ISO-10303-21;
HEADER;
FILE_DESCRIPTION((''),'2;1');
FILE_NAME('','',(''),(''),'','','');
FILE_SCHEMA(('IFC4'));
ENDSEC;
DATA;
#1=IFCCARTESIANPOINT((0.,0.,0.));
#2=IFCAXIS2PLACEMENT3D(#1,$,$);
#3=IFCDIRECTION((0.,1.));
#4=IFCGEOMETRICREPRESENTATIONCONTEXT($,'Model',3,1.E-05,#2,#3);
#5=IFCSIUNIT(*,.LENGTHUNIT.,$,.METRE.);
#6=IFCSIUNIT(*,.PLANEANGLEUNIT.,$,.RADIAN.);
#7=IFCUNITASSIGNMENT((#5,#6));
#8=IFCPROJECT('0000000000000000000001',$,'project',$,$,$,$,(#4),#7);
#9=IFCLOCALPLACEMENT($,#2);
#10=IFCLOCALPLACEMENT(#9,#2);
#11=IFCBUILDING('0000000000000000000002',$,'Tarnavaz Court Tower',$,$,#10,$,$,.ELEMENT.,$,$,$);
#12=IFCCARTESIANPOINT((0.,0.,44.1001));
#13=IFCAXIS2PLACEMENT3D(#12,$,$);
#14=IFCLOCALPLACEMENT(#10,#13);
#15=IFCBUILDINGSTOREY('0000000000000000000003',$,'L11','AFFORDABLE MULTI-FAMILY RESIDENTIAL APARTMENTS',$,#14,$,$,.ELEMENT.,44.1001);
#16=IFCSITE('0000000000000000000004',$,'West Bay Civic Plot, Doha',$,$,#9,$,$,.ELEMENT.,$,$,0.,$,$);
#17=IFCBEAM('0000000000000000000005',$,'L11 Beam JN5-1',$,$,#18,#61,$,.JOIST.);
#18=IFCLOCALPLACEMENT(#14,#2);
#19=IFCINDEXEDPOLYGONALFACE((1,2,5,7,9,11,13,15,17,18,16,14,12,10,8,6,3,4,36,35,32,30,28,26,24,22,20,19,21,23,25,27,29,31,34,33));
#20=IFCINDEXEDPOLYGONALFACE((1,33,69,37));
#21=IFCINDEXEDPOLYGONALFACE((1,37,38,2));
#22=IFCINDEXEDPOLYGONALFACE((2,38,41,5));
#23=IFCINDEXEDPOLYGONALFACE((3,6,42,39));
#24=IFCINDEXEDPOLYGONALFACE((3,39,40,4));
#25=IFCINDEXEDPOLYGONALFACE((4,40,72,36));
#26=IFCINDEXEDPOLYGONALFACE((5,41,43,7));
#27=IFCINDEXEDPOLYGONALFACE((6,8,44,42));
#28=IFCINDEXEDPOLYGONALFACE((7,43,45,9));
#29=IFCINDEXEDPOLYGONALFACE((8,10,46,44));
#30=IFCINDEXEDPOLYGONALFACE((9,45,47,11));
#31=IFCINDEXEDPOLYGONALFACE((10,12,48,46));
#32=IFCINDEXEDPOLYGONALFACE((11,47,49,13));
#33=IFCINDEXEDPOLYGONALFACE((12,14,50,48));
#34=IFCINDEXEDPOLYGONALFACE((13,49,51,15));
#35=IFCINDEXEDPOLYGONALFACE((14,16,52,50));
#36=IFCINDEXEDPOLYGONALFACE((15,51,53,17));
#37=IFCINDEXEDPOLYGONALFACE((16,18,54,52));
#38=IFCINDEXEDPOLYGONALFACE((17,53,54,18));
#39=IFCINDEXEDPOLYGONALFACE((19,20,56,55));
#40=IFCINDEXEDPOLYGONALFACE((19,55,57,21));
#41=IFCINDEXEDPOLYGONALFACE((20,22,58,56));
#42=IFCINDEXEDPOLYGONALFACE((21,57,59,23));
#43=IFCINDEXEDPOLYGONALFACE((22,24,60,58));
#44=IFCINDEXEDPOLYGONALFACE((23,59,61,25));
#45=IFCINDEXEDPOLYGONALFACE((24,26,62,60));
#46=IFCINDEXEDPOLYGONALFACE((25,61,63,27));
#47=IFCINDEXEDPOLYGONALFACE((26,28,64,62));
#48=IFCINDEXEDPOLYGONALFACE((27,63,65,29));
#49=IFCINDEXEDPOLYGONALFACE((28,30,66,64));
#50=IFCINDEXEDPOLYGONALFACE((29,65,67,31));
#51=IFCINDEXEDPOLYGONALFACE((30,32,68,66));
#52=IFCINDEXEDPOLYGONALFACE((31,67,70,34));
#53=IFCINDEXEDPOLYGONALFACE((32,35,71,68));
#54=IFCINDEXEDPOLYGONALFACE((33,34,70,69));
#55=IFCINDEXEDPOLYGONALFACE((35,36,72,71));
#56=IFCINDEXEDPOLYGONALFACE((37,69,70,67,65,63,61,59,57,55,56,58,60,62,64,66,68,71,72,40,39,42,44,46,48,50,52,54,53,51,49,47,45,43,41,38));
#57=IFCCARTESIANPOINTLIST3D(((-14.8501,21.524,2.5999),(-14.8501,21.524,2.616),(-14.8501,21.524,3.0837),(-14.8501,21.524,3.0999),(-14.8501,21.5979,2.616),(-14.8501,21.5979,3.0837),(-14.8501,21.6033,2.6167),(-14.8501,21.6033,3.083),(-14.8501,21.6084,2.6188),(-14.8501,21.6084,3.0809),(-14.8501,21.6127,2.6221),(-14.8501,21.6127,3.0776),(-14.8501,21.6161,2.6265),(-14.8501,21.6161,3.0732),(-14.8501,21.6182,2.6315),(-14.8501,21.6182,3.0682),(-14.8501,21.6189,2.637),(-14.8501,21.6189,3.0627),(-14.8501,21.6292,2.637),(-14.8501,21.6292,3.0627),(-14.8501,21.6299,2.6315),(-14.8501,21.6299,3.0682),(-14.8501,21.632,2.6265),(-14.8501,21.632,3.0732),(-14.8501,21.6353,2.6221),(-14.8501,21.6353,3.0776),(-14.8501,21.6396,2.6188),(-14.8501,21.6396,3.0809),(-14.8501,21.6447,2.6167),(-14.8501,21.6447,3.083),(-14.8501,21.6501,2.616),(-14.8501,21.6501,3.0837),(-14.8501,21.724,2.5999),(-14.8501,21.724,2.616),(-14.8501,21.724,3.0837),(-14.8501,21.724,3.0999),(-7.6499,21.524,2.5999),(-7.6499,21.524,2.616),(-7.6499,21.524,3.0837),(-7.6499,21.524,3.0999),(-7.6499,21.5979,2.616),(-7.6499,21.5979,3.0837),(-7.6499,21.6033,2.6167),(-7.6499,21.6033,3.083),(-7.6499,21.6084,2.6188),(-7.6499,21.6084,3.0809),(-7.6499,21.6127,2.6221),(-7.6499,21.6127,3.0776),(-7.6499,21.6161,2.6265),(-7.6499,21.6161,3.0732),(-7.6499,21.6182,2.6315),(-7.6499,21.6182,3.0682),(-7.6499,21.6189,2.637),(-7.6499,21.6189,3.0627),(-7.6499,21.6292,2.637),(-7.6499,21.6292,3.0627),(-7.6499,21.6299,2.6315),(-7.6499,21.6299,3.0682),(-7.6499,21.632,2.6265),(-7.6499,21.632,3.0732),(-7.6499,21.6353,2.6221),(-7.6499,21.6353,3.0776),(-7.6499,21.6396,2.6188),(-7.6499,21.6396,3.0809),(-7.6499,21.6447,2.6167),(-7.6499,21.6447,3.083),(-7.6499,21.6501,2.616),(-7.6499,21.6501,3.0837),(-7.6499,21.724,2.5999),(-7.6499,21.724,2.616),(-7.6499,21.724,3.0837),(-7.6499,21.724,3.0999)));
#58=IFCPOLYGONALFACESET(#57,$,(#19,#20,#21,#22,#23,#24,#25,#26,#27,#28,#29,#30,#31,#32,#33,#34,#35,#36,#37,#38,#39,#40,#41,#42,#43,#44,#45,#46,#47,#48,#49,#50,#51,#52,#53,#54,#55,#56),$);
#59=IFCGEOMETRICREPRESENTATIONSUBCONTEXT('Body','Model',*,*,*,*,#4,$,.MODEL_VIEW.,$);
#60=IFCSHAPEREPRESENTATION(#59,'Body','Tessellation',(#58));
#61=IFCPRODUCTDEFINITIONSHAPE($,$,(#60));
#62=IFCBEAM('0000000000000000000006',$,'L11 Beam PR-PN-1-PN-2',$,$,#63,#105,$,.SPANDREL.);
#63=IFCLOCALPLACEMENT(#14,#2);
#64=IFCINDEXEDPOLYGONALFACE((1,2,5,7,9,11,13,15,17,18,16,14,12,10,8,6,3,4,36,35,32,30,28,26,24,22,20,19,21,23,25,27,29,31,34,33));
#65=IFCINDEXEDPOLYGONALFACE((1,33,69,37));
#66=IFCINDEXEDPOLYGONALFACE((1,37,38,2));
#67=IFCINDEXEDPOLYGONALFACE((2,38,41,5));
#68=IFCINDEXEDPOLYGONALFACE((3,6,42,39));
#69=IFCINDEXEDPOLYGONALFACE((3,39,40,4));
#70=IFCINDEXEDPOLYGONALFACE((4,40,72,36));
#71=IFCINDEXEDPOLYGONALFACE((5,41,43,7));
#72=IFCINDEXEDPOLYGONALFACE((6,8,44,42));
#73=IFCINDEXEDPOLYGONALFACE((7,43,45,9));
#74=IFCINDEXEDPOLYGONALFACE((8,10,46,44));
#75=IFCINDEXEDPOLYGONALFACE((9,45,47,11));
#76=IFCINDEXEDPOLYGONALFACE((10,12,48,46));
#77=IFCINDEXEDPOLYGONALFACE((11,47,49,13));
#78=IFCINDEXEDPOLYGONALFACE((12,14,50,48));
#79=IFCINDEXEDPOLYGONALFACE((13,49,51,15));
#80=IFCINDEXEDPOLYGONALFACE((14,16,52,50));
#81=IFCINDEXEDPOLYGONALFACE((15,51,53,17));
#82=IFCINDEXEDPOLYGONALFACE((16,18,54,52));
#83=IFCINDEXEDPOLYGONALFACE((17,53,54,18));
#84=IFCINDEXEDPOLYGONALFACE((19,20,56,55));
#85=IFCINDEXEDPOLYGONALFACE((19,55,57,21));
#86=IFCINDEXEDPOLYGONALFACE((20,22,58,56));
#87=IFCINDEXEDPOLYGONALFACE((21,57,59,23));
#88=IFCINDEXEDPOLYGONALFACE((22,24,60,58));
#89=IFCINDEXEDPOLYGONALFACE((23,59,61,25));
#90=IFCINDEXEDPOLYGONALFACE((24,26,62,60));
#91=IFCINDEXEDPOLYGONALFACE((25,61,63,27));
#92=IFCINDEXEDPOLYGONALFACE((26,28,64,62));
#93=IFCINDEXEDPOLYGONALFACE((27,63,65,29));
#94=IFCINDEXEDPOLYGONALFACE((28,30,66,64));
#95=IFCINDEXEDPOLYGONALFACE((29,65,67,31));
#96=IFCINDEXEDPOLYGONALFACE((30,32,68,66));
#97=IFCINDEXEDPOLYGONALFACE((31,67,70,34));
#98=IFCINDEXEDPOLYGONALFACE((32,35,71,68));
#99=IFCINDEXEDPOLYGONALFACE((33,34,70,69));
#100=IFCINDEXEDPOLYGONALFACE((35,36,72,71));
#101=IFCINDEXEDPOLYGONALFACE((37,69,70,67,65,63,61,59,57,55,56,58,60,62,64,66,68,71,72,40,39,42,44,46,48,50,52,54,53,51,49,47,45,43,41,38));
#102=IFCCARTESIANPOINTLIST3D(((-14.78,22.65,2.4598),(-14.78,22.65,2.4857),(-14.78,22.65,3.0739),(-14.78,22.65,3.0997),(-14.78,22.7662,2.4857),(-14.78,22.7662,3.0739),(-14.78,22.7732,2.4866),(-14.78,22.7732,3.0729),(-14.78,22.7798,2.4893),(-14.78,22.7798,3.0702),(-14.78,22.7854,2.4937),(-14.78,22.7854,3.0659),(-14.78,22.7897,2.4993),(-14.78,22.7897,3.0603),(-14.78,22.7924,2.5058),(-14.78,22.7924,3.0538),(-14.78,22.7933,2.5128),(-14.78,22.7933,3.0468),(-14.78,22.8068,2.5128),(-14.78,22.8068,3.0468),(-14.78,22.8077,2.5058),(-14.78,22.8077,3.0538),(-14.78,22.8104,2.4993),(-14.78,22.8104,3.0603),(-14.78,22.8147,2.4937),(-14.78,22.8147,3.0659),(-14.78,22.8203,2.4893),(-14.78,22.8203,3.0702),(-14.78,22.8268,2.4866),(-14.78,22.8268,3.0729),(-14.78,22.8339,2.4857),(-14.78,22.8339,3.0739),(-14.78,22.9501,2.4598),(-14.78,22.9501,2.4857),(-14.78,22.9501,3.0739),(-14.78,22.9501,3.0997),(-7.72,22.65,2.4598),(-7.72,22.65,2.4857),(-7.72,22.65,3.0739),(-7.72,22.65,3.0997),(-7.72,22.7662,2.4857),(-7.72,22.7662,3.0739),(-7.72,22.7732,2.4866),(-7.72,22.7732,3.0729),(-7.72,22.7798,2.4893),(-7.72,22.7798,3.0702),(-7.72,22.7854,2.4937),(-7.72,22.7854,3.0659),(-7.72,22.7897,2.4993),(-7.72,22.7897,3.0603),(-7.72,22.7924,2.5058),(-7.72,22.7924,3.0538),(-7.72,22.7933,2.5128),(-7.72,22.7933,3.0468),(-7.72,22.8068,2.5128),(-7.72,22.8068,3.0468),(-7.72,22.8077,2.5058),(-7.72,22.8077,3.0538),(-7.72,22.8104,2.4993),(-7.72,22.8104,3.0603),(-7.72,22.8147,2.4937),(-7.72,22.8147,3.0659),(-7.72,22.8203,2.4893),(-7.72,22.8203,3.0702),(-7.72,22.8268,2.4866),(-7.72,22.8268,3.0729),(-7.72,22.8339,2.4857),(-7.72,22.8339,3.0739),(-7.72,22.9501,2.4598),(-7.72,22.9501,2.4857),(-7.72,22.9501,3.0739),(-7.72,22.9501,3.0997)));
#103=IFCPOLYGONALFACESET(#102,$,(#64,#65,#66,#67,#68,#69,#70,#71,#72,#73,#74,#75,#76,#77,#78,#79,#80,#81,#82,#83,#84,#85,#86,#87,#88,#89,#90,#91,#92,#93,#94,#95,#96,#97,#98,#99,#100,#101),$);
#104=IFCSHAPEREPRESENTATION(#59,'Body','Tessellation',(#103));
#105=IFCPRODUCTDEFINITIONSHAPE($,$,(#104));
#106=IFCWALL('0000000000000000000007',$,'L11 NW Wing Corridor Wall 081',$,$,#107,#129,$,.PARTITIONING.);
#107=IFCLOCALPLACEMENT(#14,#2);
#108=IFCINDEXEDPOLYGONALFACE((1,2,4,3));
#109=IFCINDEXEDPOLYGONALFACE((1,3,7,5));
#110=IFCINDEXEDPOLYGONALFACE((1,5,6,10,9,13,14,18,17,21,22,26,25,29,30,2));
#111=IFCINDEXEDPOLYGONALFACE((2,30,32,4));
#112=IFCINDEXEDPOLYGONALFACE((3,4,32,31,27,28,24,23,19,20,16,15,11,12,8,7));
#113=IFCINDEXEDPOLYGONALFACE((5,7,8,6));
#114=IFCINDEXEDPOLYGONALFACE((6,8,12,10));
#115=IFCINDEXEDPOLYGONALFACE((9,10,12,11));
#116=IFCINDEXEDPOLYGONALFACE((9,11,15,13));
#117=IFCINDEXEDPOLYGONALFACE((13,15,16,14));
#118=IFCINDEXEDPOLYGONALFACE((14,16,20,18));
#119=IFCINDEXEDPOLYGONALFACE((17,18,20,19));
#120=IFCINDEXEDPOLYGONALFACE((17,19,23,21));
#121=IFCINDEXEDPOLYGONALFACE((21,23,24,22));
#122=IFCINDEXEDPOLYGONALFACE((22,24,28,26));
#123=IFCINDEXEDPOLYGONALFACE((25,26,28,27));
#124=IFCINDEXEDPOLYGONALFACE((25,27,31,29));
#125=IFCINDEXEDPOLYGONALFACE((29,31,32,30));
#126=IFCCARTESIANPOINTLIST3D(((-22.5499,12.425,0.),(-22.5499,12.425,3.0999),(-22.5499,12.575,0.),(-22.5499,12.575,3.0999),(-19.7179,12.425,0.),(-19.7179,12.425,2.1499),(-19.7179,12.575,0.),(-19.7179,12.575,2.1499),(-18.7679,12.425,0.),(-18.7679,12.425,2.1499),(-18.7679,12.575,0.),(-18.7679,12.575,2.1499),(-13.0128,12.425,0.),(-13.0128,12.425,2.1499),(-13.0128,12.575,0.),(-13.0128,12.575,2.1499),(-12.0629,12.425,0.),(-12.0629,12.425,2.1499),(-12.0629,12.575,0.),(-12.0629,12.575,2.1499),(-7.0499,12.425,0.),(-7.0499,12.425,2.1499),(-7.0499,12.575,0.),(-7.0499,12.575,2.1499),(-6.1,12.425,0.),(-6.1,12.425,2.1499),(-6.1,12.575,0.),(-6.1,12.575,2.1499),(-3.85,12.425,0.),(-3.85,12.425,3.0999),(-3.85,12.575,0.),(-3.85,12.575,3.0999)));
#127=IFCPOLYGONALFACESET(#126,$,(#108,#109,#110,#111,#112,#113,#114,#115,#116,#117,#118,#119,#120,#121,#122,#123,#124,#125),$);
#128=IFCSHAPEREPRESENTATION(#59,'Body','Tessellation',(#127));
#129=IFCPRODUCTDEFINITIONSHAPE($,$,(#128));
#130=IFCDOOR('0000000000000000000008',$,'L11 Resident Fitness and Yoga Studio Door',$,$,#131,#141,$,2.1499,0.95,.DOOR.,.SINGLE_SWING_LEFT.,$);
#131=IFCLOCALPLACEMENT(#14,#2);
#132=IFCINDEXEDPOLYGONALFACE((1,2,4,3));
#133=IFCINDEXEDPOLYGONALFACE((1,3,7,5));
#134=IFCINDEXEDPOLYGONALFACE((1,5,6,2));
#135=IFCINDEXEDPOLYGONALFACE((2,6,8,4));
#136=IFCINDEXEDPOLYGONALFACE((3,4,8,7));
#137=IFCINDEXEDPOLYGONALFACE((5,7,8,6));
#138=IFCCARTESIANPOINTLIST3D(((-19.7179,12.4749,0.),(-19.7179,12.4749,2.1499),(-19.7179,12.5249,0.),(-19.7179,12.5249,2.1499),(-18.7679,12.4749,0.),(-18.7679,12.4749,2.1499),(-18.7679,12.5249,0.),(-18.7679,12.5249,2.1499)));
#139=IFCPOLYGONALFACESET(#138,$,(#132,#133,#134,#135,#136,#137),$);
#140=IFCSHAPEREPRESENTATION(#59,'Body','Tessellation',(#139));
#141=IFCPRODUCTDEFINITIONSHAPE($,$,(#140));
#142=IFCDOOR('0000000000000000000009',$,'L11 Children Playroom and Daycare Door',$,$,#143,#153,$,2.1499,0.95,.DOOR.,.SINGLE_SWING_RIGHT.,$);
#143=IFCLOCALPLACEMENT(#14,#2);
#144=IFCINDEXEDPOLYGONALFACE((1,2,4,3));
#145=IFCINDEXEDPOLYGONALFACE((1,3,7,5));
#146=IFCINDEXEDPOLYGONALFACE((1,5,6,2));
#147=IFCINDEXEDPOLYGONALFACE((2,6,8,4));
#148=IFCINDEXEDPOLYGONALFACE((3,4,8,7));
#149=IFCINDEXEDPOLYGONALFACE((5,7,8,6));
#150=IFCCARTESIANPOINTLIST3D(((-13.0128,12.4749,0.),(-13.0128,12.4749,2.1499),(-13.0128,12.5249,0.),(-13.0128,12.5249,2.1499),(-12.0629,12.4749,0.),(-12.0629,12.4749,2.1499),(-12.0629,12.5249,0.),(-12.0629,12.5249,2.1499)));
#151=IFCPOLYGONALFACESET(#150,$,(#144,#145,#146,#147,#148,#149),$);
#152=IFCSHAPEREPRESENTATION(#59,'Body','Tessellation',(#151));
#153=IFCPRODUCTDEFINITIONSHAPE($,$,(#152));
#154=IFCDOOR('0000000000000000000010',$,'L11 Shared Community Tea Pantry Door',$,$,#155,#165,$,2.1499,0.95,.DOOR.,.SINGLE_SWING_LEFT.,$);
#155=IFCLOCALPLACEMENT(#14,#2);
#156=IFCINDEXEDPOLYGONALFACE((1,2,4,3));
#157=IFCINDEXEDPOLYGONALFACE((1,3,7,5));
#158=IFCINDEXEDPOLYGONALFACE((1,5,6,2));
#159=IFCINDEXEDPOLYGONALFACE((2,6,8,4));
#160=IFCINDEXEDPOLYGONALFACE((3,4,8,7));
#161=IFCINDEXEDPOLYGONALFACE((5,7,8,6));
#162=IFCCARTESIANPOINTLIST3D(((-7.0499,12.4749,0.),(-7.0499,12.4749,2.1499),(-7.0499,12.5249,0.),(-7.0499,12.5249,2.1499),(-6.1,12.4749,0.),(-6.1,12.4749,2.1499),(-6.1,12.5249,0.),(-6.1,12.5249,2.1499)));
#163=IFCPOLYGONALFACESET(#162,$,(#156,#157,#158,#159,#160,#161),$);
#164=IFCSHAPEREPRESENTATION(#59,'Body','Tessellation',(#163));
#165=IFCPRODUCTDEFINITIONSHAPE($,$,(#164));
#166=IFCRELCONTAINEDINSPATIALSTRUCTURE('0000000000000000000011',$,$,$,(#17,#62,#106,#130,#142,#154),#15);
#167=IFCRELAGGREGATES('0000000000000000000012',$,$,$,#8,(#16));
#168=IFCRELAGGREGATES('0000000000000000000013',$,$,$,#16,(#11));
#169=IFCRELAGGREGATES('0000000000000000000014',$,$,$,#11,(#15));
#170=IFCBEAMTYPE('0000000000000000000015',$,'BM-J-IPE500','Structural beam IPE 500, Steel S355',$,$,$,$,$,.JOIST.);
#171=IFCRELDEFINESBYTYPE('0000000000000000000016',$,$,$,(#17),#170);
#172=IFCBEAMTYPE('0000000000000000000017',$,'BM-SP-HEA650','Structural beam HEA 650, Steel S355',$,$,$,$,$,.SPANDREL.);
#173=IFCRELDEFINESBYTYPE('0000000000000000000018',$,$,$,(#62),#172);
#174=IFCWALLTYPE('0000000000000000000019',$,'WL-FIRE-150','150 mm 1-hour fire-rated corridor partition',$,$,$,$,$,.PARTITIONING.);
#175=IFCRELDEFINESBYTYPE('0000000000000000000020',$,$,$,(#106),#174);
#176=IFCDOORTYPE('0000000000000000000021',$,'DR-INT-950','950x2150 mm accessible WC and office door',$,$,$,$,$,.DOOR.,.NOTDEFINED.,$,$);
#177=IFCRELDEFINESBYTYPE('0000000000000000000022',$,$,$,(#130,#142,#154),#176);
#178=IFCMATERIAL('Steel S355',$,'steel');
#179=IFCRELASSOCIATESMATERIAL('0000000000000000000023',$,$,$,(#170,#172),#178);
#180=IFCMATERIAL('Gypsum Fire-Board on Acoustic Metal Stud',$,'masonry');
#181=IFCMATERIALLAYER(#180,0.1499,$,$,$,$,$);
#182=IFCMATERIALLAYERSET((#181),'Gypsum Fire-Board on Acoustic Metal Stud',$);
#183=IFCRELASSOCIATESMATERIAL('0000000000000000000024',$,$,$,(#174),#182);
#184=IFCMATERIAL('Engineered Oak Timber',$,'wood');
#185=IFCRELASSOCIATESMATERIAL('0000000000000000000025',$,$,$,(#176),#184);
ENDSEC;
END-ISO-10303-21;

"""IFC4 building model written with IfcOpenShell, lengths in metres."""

from ifc_helpers import new_model, si_unit, direction, frame, frame_2d, origin, origin_2d, place, context, subcontext, project, spatial, rectangle, i_section, extrude, material, layer, layer_set, material_profile, profile_set, type_object, element, fill, save


model = new_model("IFC4")

# Units and contexts
model_context = context("Model", 3, precision=1e-05, world=origin(), true_north=direction((0.0, 1.0)))
body_context = subcontext(model_context, "Body", "Model", "MODEL_VIEW")
ifc_project = project(units=[si_unit("LENGTHUNIT", "METRE"), si_unit("PLANEANGLEUNIT", "RADIAN")], contexts=[model_context])

# Site, building, storey
site_placement = place(None, origin())
site = spatial("IfcSite", under=ifc_project, at=site_placement, Name="West Bay Civic Plot, Doha", CompositionType="ELEMENT", RefElevation=0.0)
building_placement = place(site_placement, origin())
building = spatial("IfcBuilding", under=site, at=building_placement, Name="Tarnavaz Court Tower", CompositionType="ELEMENT")
storey_placement = place(building_placement, frame((0.0, 0.0, 44.1001)))
storey = spatial("IfcBuildingStorey", under=building, at=storey_placement, Name="L11", Description="AFFORDABLE MULTI-FAMILY RESIDENTIAL APARTMENTS", CompositionType="ELEMENT", Elevation=44.1001)

# Beams
ifc_material_1 = material(Name="Steel S355", Category="steel")
ifc_material_profile_1 = material_profile(ifc_material_1, i_section(OverallWidth=0.2, OverallDepth=0.5, WebThickness=0.0103, FlangeThickness=0.0161, FilletRadius=0.021, at=origin_2d()), Name="IPE 500")
ifc_profile_set_1 = profile_set([ifc_material_profile_1], Name="Steel S355")
beam_type_1 = type_object("IfcBeamType", Name="BM-J-IPE500", Description="Structural beam IPE 500, Steel S355", PredefinedType="JOIST", material=ifc_profile_set_1)
for number, where, z_axis, x_axis, name in (
    (1, (-14.8501, 21.624, 2.8499), (1.0, 0.0, 0.0), (0.0, 1.0, 0.0), "L11 Beam JN5-1"),
):
    element("IfcBeam", number, at=place(storey_placement, frame(where, z_axis=z_axis, x_axis=x_axis)), inside=storey, type_object=beam_type_1, Name=name, PredefinedType="JOIST", context=body_context, shape_type="SweptSolid", body=[
        extrude(i_section(OverallWidth=0.2, OverallDepth=0.5, WebThickness=0.0103, FlangeThickness=0.0161, FilletRadius=0.021, at=origin_2d()), origin(), (0.0, 0.0, 1.0), 7.2002),
    ])
ifc_material_profile_2 = material_profile(ifc_material_1, i_section(OverallWidth=0.3, OverallDepth=0.6399, WebThickness=0.0134, FlangeThickness=0.0259, FilletRadius=0.0271, at=origin_2d()), Name="HEA 650")
ifc_profile_set_2 = profile_set([ifc_material_profile_2], Name="Steel S355")
beam_type_2 = type_object("IfcBeamType", Name="BM-SP-HEA650", Description="Structural beam HEA 650, Steel S355", PredefinedType="SPANDREL", material=ifc_profile_set_2)
beam_placement = place(storey_placement, frame((-14.78, 22.8, 2.7798), z_axis=(1.0, 0.0, 0.0), x_axis=(0.0, 1.0, 0.0)))
element("IfcBeam", 2, at=beam_placement, inside=storey, type_object=beam_type_2, Name="L11 Beam PR-PN-1-PN-2", PredefinedType="SPANDREL", context=body_context, shape_type="SweptSolid", body=[
    extrude(i_section(OverallWidth=0.3, OverallDepth=0.6399, WebThickness=0.0134, FlangeThickness=0.0259, FilletRadius=0.0271, at=origin_2d()), origin(), (0.0, 0.0, 1.0), 7.0601),
])

# Wall, openings, doors
ifc_material_2 = material(Name="Gypsum Fire-Board on Acoustic Metal Stud", Category="masonry")
ifc_layer_1 = layer(ifc_material_2, 0.1499)
ifc_layer_set_1 = layer_set([ifc_layer_1], Name="Gypsum Fire-Board on Acoustic Metal Stud")
wall_type_1 = type_object("IfcWallType", Name="WL-FIRE-150", Description="150 mm 1-hour fire-rated corridor partition", PredefinedType="PARTITIONING", material=ifc_layer_set_1)
wall_1_placement = place(storey_placement, frame((-22.55, 12.5, 0.0), z_axis=(0.0, 0.0, 1.0), x_axis=(1.0, 0.0, 0.0)))
wall_1 = element("IfcWall", 3, at=wall_1_placement, inside=storey, type_object=wall_type_1, Name="L11 NW Wing Corridor Wall 081", PredefinedType="PARTITIONING", context=body_context, shape_type="SweptSolid", body=[
    extrude(rectangle(XDim=18.7, YDim=0.1499, at=frame_2d((9.3501, 0.0))), origin(), (0.0, 0.0, 1.0), 3.0999),
])
opening_1_placement = place(wall_1_placement, frame((2.832, 0.0, 0.0)))
opening_1 = element("IfcOpeningElement", 4, at=opening_1_placement, cuts=wall_1, PredefinedType="OPENING", context=body_context, shape_type="SweptSolid", body=[
    extrude(rectangle(XDim=0.95, YDim=2.1499, at=frame_2d((0.4751, 1.075))), frame((0.0, 0.085, 0.0), z_axis=(0.0, -1.0, 0.0), x_axis=(1.0, 0.0, 0.0)), (0.0, 0.0, 1.0), 0.1699),
])
opening_2_placement = place(wall_1_placement, frame((9.5371, 0.0, 0.0)))
opening_2 = element("IfcOpeningElement", 5, at=opening_2_placement, cuts=wall_1, PredefinedType="OPENING", context=body_context, shape_type="SweptSolid", body=[
    extrude(rectangle(XDim=0.95, YDim=2.1499, at=frame_2d((0.4751, 1.075))), frame((0.0, 0.085, 0.0), z_axis=(0.0, -1.0, 0.0), x_axis=(1.0, 0.0, 0.0)), (0.0, 0.0, 1.0), 0.1699),
])
opening_3_placement = place(wall_1_placement, frame((15.5, 0.0, 0.0)))
opening_3 = element("IfcOpeningElement", 6, at=opening_3_placement, cuts=wall_1, PredefinedType="OPENING", context=body_context, shape_type="SweptSolid", body=[
    extrude(rectangle(XDim=0.95, YDim=2.1499, at=frame_2d((0.4751, 1.075))), frame((0.0, 0.085, 0.0), z_axis=(0.0, -1.0, 0.0), x_axis=(1.0, 0.0, 0.0)), (0.0, 0.0, 1.0), 0.1699),
])
ifc_material_3 = material(Name="Engineered Oak Timber", Category="wood")
door_type = type_object("IfcDoorType", Name="DR-INT-950", Description="950x2150 mm accessible WC and office door", OperationType="NOTDEFINED", PredefinedType="DOOR", material=ifc_material_3)
door_1_placement = place(opening_1_placement, origin())
door_1 = element("IfcDoor", 7, at=door_1_placement, inside=storey, type_object=door_type, Name="L11 Resident Fitness and Yoga Studio Door", OperationType="SINGLE_SWING_LEFT", OverallHeight=2.1499, OverallWidth=0.95, PredefinedType="DOOR", context=body_context, shape_type="SweptSolid", body=[
    extrude(rectangle(XDim=0.95, YDim=2.1499, at=frame_2d((0.4751, 1.075))), frame((0.0, 0.0249, 0.0), z_axis=(0.0, -1.0, 0.0), x_axis=(1.0, 0.0, 0.0)), (0.0, 0.0, 1.0), 0.05),
])
fill(opening_1, door_1)
door_2_placement = place(opening_2_placement, origin())
door_2 = element("IfcDoor", 8, at=door_2_placement, inside=storey, type_object=door_type, Name="L11 Children Playroom and Daycare Door", OperationType="SINGLE_SWING_RIGHT", OverallHeight=2.1499, OverallWidth=0.95, PredefinedType="DOOR", context=body_context, shape_type="SweptSolid", body=[
    extrude(rectangle(XDim=0.95, YDim=2.1499, at=frame_2d((0.4751, 1.075))), frame((0.0, 0.0249, 0.0), z_axis=(0.0, -1.0, 0.0), x_axis=(1.0, 0.0, 0.0)), (0.0, 0.0, 1.0), 0.05),
])
fill(opening_2, door_2)
door_3_placement = place(opening_3_placement, origin())
door_3 = element("IfcDoor", 9, at=door_3_placement, inside=storey, type_object=door_type, Name="L11 Shared Community Tea Pantry Door", OperationType="SINGLE_SWING_LEFT", OverallHeight=2.1499, OverallWidth=0.95, PredefinedType="DOOR", context=body_context, shape_type="SweptSolid", body=[
    extrude(rectangle(XDim=0.95, YDim=2.1499, at=frame_2d((0.4751, 1.075))), frame((0.0, 0.0249, 0.0), z_axis=(0.0, -1.0, 0.0), x_axis=(1.0, 0.0, 0.0)), (0.0, 0.0, 1.0), 0.05),
])
fill(opening_3, door_3)

save(model, "model.ifc")
